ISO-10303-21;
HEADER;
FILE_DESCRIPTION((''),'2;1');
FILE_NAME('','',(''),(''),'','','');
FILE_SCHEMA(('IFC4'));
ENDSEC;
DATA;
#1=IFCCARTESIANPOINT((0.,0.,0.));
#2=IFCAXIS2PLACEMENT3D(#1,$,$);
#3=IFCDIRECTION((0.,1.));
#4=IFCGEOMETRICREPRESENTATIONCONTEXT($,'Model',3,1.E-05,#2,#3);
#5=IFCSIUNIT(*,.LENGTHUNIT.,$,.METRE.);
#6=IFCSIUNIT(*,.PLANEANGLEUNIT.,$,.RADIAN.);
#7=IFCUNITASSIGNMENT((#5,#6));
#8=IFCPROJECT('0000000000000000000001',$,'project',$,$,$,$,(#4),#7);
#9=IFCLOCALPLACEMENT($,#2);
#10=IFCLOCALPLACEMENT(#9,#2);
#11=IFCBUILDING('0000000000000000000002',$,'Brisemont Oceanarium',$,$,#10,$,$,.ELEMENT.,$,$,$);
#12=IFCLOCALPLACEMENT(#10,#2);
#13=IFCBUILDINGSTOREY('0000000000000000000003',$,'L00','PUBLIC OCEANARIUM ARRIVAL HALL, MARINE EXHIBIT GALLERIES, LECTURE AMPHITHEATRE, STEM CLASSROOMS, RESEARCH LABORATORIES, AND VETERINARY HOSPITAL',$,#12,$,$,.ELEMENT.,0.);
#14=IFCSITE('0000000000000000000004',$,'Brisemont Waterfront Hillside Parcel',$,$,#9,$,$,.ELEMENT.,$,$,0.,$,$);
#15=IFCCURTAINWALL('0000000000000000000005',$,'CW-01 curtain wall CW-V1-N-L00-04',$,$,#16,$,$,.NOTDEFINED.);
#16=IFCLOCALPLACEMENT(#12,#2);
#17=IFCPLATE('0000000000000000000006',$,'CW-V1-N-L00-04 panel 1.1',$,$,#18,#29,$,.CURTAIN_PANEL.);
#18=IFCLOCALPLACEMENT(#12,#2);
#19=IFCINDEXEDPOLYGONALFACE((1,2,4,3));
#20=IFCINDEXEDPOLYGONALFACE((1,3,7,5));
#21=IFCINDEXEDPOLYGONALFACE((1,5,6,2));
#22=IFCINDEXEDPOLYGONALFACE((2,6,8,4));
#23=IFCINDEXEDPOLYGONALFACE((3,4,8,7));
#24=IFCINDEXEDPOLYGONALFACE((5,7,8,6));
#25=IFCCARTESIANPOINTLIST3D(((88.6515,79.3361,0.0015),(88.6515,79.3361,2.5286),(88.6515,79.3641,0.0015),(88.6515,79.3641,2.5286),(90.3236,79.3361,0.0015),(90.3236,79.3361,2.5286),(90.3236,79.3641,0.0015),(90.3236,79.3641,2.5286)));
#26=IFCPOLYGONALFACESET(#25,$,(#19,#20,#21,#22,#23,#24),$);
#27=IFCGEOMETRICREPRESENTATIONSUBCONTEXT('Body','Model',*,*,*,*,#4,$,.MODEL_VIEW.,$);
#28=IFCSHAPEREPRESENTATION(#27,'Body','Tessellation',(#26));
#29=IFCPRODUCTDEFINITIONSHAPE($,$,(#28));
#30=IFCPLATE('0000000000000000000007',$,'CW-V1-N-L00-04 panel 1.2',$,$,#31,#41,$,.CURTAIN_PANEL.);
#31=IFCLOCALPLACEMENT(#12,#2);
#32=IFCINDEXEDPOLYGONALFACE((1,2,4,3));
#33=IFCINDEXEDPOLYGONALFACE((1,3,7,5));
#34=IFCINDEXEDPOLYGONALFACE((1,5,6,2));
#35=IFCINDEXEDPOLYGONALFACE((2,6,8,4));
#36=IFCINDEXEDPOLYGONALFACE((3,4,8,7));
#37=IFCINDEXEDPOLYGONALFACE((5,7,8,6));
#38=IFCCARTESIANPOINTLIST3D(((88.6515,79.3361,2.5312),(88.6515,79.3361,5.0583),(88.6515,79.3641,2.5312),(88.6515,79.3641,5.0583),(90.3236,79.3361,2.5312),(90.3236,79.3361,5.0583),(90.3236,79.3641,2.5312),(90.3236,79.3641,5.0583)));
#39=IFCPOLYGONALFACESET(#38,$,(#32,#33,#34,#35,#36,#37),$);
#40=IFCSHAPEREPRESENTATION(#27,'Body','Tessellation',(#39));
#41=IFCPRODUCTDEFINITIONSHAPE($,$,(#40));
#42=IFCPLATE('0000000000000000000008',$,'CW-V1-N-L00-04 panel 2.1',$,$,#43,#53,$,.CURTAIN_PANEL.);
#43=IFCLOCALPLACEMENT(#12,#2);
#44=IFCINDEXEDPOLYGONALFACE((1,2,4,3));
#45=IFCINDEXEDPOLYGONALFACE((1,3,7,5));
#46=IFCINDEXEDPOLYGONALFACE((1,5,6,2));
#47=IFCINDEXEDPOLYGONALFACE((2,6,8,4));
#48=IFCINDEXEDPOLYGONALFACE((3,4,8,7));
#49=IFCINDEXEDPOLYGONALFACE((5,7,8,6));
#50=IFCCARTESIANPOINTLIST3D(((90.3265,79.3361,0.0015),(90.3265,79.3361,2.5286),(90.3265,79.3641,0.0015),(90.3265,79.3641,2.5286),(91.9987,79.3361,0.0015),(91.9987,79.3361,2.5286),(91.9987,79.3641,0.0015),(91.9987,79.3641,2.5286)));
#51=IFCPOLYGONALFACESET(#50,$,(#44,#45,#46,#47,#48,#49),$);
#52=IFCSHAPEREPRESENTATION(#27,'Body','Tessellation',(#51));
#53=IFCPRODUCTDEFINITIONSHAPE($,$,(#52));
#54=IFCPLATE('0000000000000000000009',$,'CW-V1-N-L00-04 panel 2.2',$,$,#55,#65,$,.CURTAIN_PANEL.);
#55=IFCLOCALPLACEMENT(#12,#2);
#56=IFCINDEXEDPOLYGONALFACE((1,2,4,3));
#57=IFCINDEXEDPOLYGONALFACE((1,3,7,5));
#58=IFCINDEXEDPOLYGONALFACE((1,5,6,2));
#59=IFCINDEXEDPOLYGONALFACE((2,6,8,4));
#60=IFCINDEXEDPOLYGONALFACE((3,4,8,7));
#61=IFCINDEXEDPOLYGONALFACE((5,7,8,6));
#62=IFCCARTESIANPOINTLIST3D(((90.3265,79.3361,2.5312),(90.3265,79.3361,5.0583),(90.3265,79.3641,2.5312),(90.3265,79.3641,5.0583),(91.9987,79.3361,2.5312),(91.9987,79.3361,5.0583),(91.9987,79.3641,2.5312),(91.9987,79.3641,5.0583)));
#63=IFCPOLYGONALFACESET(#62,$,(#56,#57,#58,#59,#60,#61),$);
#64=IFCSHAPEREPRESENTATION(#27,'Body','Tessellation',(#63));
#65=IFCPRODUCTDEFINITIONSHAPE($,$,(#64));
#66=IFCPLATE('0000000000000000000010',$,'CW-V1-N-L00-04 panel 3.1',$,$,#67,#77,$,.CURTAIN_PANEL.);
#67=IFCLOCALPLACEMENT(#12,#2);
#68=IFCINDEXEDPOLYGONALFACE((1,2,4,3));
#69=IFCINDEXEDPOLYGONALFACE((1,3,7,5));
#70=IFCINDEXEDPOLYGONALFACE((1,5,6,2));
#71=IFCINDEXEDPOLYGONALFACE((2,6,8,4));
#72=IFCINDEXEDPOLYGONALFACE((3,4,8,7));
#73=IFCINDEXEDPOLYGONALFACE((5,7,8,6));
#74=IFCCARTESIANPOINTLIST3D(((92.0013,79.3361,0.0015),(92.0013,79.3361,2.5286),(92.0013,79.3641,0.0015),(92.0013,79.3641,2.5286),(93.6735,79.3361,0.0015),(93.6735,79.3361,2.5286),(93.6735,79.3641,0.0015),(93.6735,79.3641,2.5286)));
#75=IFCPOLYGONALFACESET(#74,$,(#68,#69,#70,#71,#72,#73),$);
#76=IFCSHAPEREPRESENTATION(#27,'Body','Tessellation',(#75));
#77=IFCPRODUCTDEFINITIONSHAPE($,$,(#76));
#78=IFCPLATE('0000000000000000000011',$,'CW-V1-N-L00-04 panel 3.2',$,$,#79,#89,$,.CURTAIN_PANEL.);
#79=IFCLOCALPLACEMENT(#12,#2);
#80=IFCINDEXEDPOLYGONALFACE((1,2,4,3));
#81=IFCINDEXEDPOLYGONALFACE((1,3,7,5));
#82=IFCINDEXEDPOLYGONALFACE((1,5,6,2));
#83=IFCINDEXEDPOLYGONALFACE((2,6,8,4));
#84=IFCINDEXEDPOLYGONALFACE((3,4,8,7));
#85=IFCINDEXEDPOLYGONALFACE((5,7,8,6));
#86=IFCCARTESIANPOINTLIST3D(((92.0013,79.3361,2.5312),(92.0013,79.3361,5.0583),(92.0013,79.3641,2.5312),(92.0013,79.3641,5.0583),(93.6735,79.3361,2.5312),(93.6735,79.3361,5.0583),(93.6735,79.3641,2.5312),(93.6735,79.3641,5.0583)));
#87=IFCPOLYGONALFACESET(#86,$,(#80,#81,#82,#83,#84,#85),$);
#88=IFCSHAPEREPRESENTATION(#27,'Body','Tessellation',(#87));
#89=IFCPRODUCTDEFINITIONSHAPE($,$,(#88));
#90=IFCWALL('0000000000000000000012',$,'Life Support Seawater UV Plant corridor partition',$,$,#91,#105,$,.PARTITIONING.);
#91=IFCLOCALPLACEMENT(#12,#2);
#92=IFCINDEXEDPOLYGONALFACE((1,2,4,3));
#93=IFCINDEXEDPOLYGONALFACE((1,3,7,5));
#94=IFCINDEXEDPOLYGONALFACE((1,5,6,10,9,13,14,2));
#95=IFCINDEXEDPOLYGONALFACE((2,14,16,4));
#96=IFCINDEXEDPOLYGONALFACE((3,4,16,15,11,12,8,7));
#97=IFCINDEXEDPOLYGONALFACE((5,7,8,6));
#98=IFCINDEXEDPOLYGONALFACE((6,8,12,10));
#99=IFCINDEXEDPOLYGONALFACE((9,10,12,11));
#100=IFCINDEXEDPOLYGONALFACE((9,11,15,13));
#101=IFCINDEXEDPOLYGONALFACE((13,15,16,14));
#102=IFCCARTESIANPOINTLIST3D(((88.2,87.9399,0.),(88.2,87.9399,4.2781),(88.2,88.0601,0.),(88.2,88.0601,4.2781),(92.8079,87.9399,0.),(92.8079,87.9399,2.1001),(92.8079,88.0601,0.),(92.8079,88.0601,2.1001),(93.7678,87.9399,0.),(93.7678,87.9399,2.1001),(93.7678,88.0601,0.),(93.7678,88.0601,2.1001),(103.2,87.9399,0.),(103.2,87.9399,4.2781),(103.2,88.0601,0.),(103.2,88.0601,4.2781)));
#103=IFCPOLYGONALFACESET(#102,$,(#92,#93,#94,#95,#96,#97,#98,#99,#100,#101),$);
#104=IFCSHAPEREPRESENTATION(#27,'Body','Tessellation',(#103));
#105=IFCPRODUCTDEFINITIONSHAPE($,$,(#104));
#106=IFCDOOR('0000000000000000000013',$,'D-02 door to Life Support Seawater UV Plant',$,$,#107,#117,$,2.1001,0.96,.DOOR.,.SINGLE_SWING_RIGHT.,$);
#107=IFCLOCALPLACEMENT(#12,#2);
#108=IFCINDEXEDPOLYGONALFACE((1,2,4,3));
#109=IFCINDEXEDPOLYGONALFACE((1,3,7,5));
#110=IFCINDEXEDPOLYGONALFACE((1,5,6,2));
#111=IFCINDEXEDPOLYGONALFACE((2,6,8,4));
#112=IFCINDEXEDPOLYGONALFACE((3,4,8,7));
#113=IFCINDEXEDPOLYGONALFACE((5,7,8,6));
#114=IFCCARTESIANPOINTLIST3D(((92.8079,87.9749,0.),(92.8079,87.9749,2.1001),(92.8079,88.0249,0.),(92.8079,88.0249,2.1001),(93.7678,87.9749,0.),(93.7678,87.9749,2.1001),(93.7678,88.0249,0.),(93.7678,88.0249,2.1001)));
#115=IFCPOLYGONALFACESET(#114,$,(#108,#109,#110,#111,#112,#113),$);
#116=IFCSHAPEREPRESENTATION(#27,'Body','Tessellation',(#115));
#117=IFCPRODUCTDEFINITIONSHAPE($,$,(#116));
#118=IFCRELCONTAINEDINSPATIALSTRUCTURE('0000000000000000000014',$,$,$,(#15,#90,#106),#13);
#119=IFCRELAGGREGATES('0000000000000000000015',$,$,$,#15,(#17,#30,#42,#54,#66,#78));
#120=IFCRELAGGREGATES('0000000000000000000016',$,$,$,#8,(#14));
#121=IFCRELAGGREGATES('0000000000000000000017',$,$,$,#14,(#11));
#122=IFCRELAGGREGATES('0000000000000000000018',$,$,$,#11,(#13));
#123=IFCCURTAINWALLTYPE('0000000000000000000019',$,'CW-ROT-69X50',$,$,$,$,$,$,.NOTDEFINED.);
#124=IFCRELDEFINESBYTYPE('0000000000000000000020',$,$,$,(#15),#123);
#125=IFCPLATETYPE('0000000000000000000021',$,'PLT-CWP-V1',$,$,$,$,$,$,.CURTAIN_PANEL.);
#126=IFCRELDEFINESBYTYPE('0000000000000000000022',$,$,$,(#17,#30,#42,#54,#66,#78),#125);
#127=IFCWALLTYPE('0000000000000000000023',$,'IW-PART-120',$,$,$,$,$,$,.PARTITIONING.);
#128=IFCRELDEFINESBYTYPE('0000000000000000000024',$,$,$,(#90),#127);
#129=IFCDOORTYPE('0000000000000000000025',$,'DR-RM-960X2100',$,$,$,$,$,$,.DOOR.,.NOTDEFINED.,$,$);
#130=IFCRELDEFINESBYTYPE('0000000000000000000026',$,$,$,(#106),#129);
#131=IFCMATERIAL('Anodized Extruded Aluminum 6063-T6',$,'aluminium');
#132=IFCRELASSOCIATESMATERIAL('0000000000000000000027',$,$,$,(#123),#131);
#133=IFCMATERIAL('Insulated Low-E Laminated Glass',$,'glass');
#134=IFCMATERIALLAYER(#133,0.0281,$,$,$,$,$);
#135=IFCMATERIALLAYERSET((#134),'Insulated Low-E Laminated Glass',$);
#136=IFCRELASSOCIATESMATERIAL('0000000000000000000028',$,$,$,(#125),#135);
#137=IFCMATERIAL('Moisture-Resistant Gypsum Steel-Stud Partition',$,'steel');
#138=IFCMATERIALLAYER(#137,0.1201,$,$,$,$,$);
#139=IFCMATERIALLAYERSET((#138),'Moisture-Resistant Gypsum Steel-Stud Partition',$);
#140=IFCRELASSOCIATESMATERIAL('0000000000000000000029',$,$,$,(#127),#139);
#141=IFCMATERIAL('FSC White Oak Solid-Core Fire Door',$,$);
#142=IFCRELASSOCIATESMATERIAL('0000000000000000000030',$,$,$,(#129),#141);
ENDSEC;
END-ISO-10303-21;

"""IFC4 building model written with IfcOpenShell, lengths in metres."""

from ifc_helpers import new_model, si_unit, direction, frame, frame_2d, origin, origin_2d, place, context, subcontext, project, spatial, rectangle, extrude, material, layer, layer_set, type_object, element, fill, aggregate, save


model = new_model("IFC4")

# Units and contexts
model_context = context("Model", 3, precision=1e-05, world=origin(), true_north=direction((0.0, 1.0)))
body_context = subcontext(model_context, "Body", "Model", "MODEL_VIEW")
ifc_project = project(units=[si_unit("LENGTHUNIT", "METRE"), si_unit("PLANEANGLEUNIT", "RADIAN")], contexts=[model_context])

# Site, building, storey
site_placement = place(None, origin())
site = spatial("IfcSite", under=ifc_project, at=site_placement, Name="Brisemont Waterfront Hillside Parcel", CompositionType="ELEMENT", RefElevation=0.0)
building_placement = place(site_placement, origin())
building = spatial("IfcBuilding", under=site, at=building_placement, Name="Brisemont Oceanarium", CompositionType="ELEMENT")
storey_placement = place(building_placement, origin())
storey = spatial("IfcBuildingStorey", under=building, at=storey_placement, Name="L00", Description="PUBLIC OCEANARIUM ARRIVAL HALL, MARINE EXHIBIT GALLERIES, LECTURE AMPHITHEATRE, STEM CLASSROOMS, RESEARCH LABORATORIES, AND VETERINARY HOSPITAL", CompositionType="ELEMENT", Elevation=0.0)

# Curtain wall, plates
ifc_material_1 = material(Name="Anodized Extruded Aluminum 6063-T6", Category="aluminium")
curtain_wall_type = type_object("IfcCurtainWallType", Name="CW-ROT-69X50", PredefinedType="NOTDEFINED", material=ifc_material_1)
curtain_wall_placement = place(storey_placement, origin())
curtain_wall = element("IfcCurtainWall", 1, at=curtain_wall_placement, inside=storey, type_object=curtain_wall_type, Name="CW-01 curtain wall CW-V1-N-L00-04", PredefinedType="NOTDEFINED")
ifc_material_2 = material(Name="Insulated Low-E Laminated Glass", Category="glass")
ifc_layer_1 = layer(ifc_material_2, 0.0281)
ifc_layer_set_1 = layer_set([ifc_layer_1], Name="Insulated Low-E Laminated Glass")
plate_type = type_object("IfcPlateType", Name="PLT-CWP-V1", PredefinedType="CURTAIN_PANEL", material=ifc_layer_set_1)
plate_1_placement = place(storey_placement, frame((89.4875, 79.3501, 0.0015), z_axis=(0.0, 0.0, 1.0), x_axis=(1.0, 0.0, 0.0)))
plate_1 = element("IfcPlate", 2, at=plate_1_placement, type_object=plate_type, Name="CW-V1-N-L00-04 panel 1.1", PredefinedType="CURTAIN_PANEL", context=body_context, shape_type="SweptSolid", body=[
    extrude(rectangle(XDim=1.6721, YDim=0.0281, at=origin_2d()), origin(), (0.0, 0.0, 1.0), 2.5271),
])
plate_2_placement = place(storey_placement, frame((89.4875, 79.3501, 2.5312), z_axis=(0.0, 0.0, 1.0), x_axis=(1.0, 0.0, 0.0)))
plate_2 = element("IfcPlate", 3, at=plate_2_placement, type_object=plate_type, Name="CW-V1-N-L00-04 panel 1.2", PredefinedType="CURTAIN_PANEL", context=body_context, shape_type="SweptSolid", body=[
    extrude(rectangle(XDim=1.6721, YDim=0.0281, at=origin_2d()), origin(), (0.0, 0.0, 1.0), 2.5271),
])
plate_3_placement = place(storey_placement, frame((91.1626, 79.3501, 0.0015), z_axis=(0.0, 0.0, 1.0), x_axis=(1.0, 0.0, 0.0)))
plate_3 = element("IfcPlate", 4, at=plate_3_placement, type_object=plate_type, Name="CW-V1-N-L00-04 panel 2.1", PredefinedType="CURTAIN_PANEL", context=body_context, shape_type="SweptSolid", body=[
    extrude(rectangle(XDim=1.6721, YDim=0.0281, at=origin_2d()), origin(), (0.0, 0.0, 1.0), 2.5271),
])
plate_4_placement = place(storey_placement, frame((91.1626, 79.3501, 2.5312), z_axis=(0.0, 0.0, 1.0), x_axis=(1.0, 0.0, 0.0)))
plate_4 = element("IfcPlate", 5, at=plate_4_placement, type_object=plate_type, Name="CW-V1-N-L00-04 panel 2.2", PredefinedType="CURTAIN_PANEL", context=body_context, shape_type="SweptSolid", body=[
    extrude(rectangle(XDim=1.6721, YDim=0.0281, at=origin_2d()), origin(), (0.0, 0.0, 1.0), 2.5271),
])
plate_5_placement = place(storey_placement, frame((92.8374, 79.3501, 0.0015), z_axis=(0.0, 0.0, 1.0), x_axis=(1.0, 0.0, 0.0)))
plate_5 = element("IfcPlate", 6, at=plate_5_placement, type_object=plate_type, Name="CW-V1-N-L00-04 panel 3.1", PredefinedType="CURTAIN_PANEL", context=body_context, shape_type="SweptSolid", body=[
    extrude(rectangle(XDim=1.6721, YDim=0.0281, at=origin_2d()), origin(), (0.0, 0.0, 1.0), 2.5271),
])
plate_6_placement = place(storey_placement, frame((92.8374, 79.3501, 2.5312), z_axis=(0.0, 0.0, 1.0), x_axis=(1.0, 0.0, 0.0)))
plate_6 = element("IfcPlate", 7, at=plate_6_placement, type_object=plate_type, Name="CW-V1-N-L00-04 panel 3.2", PredefinedType="CURTAIN_PANEL", context=body_context, shape_type="SweptSolid", body=[
    extrude(rectangle(XDim=1.6721, YDim=0.0281, at=origin_2d()), origin(), (0.0, 0.0, 1.0), 2.5271),
])
aggregate(curtain_wall, [plate_1, plate_2, plate_3, plate_4, plate_5, plate_6])

# Wall, opening, door
ifc_material_3 = material(Name="Moisture-Resistant Gypsum Steel-Stud Partition", Category="steel")
ifc_layer_2 = layer(ifc_material_3, 0.1201)
ifc_layer_set_2 = layer_set([ifc_layer_2], Name="Moisture-Resistant Gypsum Steel-Stud Partition")
wall_type = type_object("IfcWallType", Name="IW-PART-120", PredefinedType="PARTITIONING", material=ifc_layer_set_2)
wall_placement = place(storey_placement, frame((88.2, 88.0, 0.0), z_axis=(0.0, 0.0, 1.0), x_axis=(1.0, 0.0, 0.0)))
wall = element("IfcWall", 8, at=wall_placement, inside=storey, type_object=wall_type, Name="Life Support Seawater UV Plant corridor partition", PredefinedType="PARTITIONING", context=body_context, shape_type="SweptSolid", body=[
    extrude(rectangle(XDim=15.0, YDim=0.1201, at=frame_2d((7.5, 0.0))), origin(), (0.0, 0.0, 1.0), 4.2781),
])
opening_placement = place(wall_placement, frame((4.6079, 0.0, 0.0)))
opening = element("IfcOpeningElement", 9, at=opening_placement, cuts=wall, PredefinedType="OPENING", context=body_context, shape_type="SweptSolid", body=[
    extrude(rectangle(XDim=0.96, YDim=2.1001, at=frame_2d((0.48, 1.05))), frame((0.0, 0.0701, 0.0), z_axis=(0.0, -1.0, 0.0), x_axis=(1.0, 0.0, 0.0)), (0.0, 0.0, 1.0), 0.1401),
])
ifc_material_4 = material(Name="FSC White Oak Solid-Core Fire Door")
door_type = type_object("IfcDoorType", Name="DR-RM-960X2100", OperationType="NOTDEFINED", PredefinedType="DOOR", material=ifc_material_4)
door_placement = place(opening_placement, origin())
door = element("IfcDoor", 10, at=door_placement, inside=storey, type_object=door_type, Name="D-02 door to Life Support Seawater UV Plant", OperationType="SINGLE_SWING_RIGHT", OverallHeight=2.1001, OverallWidth=0.96, PredefinedType="DOOR", context=body_context, shape_type="SweptSolid", body=[
    extrude(rectangle(XDim=0.96, YDim=2.1001, at=frame_2d((0.48, 1.05))), frame((0.0, 0.0249, 0.0), z_axis=(0.0, -1.0, 0.0), x_axis=(1.0, 0.0, 0.0)), (0.0, 0.0, 1.0), 0.05),
])
fill(opening, door)

save(model, "model.ifc")
